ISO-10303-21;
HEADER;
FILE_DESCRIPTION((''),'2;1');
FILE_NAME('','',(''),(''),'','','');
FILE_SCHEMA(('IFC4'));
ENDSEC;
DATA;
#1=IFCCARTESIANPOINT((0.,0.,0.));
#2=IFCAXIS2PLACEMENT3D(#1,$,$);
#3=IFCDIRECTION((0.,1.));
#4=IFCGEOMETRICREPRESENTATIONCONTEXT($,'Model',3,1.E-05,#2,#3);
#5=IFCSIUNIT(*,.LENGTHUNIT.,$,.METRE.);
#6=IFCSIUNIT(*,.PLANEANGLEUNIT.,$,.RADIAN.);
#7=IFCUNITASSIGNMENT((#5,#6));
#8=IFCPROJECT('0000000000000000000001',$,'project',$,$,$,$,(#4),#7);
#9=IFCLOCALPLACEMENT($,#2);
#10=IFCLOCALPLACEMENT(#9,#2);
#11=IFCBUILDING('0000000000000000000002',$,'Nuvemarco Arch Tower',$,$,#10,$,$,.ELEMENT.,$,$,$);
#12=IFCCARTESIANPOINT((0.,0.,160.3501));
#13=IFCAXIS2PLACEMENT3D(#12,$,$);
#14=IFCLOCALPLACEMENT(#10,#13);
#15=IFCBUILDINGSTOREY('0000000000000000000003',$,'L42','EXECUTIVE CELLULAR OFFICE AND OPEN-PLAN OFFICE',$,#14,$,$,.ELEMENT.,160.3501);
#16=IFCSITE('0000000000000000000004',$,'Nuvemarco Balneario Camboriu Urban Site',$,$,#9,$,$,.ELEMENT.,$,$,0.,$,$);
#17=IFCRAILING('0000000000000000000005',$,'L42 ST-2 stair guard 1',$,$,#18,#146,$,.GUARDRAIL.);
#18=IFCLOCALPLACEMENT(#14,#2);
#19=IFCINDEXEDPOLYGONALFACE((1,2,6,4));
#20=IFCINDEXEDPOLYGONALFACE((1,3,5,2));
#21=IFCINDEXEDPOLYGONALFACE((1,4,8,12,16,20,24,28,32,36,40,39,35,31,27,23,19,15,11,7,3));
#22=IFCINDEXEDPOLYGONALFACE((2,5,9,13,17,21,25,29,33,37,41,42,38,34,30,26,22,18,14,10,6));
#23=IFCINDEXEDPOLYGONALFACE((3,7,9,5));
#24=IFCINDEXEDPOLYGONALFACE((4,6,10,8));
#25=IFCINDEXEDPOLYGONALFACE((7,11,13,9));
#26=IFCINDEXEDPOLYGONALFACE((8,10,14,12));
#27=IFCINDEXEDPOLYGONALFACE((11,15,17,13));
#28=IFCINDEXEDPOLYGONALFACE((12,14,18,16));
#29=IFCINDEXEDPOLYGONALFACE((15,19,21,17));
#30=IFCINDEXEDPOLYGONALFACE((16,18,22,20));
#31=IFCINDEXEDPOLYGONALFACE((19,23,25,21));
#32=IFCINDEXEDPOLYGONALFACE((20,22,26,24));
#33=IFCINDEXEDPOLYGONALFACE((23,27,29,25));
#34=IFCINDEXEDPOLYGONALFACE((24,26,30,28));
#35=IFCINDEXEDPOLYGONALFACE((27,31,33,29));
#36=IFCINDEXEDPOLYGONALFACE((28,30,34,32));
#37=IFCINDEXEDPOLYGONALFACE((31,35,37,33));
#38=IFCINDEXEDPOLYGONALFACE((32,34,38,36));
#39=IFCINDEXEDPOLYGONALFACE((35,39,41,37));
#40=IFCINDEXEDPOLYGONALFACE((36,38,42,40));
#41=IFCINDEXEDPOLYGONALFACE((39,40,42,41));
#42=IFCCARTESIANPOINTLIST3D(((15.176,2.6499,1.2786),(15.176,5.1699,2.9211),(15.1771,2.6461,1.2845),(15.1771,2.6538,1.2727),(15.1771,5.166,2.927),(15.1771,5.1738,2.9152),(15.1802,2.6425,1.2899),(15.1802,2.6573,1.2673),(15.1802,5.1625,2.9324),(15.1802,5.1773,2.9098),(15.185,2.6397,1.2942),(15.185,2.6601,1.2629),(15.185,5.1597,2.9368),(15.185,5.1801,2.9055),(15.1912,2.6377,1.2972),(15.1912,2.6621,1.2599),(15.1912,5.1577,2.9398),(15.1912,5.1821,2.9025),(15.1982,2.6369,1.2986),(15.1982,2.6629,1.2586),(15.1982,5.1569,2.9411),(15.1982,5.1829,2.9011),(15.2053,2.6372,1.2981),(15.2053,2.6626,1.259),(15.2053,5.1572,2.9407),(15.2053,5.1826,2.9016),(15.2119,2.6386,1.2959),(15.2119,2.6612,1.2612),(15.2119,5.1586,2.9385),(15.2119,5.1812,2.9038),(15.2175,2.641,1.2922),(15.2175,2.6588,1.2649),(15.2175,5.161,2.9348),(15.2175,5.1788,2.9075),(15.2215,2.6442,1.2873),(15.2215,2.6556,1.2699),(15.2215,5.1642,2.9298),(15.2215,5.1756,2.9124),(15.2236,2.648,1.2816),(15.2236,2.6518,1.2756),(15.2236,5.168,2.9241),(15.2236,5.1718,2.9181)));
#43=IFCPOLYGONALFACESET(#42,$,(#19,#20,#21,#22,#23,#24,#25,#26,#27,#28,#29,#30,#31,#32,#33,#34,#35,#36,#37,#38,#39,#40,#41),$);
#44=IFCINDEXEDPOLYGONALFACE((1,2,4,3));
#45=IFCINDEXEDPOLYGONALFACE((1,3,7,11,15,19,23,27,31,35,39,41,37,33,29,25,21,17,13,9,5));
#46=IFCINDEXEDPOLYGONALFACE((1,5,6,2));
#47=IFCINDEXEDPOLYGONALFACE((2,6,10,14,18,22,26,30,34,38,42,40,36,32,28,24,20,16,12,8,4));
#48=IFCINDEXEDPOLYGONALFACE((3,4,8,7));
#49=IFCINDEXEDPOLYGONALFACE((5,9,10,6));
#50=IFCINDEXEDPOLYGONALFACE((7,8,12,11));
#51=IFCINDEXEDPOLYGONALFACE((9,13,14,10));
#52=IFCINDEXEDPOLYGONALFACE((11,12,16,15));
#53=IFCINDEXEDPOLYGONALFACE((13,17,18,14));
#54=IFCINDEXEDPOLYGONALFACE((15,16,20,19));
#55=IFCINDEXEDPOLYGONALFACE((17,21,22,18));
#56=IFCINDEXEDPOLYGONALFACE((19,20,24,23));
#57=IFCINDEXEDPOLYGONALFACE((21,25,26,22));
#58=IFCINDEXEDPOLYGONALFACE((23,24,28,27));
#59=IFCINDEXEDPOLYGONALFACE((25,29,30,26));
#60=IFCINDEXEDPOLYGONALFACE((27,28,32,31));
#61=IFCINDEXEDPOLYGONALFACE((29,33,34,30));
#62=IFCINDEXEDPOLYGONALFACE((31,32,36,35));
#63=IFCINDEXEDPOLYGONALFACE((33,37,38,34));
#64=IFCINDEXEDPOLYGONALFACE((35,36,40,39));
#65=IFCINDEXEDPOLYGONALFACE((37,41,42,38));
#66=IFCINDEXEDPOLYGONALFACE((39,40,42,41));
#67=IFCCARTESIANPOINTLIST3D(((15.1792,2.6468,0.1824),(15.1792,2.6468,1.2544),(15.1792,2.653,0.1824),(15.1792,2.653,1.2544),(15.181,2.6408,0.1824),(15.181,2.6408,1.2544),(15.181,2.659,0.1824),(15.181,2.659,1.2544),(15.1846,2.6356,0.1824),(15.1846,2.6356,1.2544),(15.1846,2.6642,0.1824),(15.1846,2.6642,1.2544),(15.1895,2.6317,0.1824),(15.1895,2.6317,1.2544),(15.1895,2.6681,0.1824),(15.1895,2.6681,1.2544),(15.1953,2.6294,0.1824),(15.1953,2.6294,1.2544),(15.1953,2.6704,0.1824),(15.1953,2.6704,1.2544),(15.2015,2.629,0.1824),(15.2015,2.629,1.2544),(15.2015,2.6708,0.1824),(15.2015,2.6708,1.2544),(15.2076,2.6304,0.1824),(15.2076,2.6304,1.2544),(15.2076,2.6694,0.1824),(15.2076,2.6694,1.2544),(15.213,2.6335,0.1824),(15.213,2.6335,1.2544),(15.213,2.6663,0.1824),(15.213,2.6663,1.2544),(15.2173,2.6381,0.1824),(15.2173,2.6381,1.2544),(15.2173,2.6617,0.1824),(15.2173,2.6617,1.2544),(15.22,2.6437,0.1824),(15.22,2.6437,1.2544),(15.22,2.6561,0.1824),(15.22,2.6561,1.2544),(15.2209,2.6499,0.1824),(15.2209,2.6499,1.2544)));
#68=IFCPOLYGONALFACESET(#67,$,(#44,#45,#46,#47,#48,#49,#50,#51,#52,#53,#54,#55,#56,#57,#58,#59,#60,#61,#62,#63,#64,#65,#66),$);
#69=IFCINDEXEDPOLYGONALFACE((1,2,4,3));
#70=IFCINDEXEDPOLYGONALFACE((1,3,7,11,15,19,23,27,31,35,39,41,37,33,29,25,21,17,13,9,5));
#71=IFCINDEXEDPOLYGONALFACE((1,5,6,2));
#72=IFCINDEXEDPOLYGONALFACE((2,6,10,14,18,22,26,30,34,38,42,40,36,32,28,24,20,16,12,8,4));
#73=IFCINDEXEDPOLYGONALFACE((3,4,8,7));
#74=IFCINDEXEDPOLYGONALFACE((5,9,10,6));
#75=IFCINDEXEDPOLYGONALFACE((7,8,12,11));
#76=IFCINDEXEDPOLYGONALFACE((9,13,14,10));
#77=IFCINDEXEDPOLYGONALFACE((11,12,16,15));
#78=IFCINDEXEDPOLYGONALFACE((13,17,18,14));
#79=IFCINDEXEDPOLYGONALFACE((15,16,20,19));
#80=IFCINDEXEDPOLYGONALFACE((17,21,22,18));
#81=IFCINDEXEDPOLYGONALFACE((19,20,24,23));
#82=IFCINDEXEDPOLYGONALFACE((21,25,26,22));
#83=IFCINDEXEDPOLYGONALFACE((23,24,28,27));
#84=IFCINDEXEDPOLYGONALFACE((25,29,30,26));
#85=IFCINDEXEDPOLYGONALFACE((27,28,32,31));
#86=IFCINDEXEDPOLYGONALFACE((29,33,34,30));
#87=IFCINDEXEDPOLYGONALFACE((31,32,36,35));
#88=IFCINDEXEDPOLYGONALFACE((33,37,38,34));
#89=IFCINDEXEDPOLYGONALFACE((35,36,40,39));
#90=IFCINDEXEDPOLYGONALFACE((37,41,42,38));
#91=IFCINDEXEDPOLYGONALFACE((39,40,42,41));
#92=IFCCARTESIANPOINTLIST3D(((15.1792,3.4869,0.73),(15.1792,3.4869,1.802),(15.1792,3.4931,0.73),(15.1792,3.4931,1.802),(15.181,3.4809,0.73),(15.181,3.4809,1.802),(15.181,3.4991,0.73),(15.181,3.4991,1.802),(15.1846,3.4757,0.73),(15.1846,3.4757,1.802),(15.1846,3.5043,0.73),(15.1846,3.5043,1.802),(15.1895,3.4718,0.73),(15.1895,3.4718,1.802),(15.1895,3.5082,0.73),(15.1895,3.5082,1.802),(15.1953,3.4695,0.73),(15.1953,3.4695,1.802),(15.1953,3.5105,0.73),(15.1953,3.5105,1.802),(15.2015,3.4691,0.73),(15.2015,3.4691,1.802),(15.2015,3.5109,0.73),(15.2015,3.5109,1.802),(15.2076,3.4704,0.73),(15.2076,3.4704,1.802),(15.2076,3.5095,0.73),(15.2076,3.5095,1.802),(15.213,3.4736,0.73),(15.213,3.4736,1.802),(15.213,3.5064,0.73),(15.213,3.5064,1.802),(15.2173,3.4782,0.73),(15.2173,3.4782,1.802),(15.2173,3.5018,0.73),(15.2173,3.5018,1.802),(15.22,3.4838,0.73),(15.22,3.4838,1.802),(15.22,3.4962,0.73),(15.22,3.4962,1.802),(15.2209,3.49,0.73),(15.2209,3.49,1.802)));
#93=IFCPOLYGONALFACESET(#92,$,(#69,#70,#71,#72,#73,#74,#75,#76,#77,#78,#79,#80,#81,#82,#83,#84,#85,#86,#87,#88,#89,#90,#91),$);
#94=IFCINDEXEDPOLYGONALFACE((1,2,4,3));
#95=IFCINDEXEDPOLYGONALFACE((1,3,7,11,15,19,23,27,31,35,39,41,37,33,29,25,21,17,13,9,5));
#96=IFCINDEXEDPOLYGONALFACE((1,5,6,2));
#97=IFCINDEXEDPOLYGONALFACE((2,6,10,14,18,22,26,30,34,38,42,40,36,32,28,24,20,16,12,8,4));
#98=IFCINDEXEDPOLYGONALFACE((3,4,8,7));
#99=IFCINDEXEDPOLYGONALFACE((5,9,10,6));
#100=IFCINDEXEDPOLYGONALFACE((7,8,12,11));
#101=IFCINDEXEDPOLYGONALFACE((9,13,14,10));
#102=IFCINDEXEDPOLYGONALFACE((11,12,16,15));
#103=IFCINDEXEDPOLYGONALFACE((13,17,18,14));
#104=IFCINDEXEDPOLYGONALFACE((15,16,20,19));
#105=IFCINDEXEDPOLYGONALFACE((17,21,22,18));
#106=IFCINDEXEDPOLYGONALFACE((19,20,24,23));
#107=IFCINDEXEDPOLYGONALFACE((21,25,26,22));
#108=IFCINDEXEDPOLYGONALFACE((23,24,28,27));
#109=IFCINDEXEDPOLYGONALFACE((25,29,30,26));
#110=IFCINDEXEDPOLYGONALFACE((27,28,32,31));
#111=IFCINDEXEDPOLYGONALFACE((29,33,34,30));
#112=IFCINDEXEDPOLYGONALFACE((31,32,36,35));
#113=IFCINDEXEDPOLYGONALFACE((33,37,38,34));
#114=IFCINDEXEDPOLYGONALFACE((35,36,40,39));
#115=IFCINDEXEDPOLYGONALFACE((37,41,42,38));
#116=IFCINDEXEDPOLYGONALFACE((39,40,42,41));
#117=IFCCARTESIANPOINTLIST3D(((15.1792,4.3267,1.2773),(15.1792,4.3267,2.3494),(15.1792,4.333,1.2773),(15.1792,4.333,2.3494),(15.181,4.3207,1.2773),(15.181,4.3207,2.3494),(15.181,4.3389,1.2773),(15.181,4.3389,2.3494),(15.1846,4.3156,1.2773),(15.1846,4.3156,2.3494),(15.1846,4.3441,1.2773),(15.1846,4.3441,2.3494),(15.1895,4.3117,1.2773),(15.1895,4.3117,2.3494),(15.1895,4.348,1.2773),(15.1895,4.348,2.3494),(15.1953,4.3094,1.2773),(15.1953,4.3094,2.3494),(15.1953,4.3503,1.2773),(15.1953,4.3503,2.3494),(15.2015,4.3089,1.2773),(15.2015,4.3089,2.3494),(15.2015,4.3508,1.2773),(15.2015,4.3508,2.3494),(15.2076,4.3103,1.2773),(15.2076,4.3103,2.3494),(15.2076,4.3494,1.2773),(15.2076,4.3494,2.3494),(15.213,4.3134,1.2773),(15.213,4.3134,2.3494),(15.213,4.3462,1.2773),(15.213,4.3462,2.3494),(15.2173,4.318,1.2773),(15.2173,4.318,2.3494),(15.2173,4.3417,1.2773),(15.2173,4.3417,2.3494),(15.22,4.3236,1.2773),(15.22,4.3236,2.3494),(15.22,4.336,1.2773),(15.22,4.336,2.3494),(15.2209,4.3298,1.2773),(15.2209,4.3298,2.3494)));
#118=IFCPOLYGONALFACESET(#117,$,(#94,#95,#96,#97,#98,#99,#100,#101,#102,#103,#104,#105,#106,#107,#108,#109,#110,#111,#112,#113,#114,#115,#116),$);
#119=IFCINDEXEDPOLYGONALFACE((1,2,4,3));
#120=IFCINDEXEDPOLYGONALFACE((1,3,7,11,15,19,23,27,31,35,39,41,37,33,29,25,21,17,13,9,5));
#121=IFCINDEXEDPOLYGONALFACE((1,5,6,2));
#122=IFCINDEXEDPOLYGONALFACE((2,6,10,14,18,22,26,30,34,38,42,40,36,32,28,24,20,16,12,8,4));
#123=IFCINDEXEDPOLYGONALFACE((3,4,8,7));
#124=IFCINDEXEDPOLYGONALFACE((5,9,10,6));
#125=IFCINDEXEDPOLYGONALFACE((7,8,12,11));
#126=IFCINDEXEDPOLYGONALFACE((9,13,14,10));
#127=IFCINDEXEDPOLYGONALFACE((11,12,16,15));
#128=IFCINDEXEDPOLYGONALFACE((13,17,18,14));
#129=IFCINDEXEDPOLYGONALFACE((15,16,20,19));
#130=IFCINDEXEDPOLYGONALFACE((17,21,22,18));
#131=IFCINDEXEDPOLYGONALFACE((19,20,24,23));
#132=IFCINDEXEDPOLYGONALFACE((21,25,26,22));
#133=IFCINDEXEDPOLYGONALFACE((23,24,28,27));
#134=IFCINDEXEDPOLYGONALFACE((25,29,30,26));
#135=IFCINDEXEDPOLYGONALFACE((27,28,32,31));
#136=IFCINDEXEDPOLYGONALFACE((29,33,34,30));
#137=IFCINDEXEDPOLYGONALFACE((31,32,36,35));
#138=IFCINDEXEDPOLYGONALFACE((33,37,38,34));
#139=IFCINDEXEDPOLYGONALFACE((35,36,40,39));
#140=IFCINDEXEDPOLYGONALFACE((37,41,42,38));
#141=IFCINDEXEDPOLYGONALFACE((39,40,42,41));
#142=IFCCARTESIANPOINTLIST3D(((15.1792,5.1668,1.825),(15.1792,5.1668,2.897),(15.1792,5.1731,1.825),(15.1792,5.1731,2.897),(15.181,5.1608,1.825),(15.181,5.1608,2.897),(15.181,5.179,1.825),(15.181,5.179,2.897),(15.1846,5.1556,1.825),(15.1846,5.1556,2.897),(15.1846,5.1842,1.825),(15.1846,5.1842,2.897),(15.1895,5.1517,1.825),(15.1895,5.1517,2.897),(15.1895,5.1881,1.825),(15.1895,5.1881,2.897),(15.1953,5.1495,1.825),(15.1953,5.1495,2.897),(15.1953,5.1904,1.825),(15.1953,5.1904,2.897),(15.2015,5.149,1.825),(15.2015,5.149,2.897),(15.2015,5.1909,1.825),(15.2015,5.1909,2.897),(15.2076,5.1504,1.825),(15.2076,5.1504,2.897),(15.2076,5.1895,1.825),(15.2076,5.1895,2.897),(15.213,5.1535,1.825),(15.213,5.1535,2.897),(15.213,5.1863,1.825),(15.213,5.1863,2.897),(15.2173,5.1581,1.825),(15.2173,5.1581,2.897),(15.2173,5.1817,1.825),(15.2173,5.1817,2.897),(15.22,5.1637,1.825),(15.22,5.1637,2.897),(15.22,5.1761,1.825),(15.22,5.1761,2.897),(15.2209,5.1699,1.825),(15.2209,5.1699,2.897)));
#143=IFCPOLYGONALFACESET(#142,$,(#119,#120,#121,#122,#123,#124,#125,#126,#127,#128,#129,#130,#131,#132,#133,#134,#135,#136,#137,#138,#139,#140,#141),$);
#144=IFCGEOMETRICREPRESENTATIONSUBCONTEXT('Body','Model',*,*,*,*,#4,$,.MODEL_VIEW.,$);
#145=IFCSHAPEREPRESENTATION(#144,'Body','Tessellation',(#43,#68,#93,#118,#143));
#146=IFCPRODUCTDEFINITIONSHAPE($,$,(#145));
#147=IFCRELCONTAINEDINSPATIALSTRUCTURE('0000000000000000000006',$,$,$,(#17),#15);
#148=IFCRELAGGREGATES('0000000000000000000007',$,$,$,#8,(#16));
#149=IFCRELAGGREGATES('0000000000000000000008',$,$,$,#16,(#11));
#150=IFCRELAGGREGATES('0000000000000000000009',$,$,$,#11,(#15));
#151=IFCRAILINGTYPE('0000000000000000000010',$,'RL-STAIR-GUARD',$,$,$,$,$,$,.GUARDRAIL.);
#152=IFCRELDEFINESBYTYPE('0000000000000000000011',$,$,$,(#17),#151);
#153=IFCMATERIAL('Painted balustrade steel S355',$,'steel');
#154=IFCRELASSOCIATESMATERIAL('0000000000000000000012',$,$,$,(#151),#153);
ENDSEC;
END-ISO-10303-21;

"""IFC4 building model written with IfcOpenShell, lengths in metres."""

from ifc_helpers import new_model, si_unit, direction, frame, origin, origin_2d, place, context, subcontext, project, spatial, circle, extrude, material, type_object, element, save


model = new_model("IFC4")

# Units and contexts
model_context = context("Model", 3, precision=1e-05, world=origin(), true_north=direction((0.0, 1.0)))
body_context = subcontext(model_context, "Body", "Model", "MODEL_VIEW")
ifc_project = project(units=[si_unit("LENGTHUNIT", "METRE"), si_unit("PLANEANGLEUNIT", "RADIAN")], contexts=[model_context])

# Site, building, storey
site_placement = place(None, origin())
site = spatial("IfcSite", under=ifc_project, at=site_placement, Name="Nuvemarco Balneario Camboriu Urban Site", CompositionType="ELEMENT", RefElevation=0.0)
building_placement = place(site_placement, origin())
building = spatial("IfcBuilding", under=site, at=building_placement, Name="Nuvemarco Arch Tower", CompositionType="ELEMENT")
storey_placement = place(building_placement, frame((0.0, 0.0, 160.3501)))
storey = spatial("IfcBuildingStorey", under=building, at=storey_placement, Name="L42", Description="EXECUTIVE CELLULAR OFFICE AND OPEN-PLAN OFFICE", CompositionType="ELEMENT", Elevation=160.3501)

# Railing
ifc_material_1 = material(Name="Painted balustrade steel S355", Category="steel")
railing_type_1 = type_object("IfcRailingType", Name="RL-STAIR-GUARD", PredefinedType="GUARDRAIL", material=ifc_material_1)
railing_1_placement = place(storey_placement, frame((15.2, 2.6499, 0.1824)))
element("IfcRailing", 1, at=railing_1_placement, inside=storey, type_object=railing_type_1, Name="L42 ST-2 stair guard 1", PredefinedType="GUARDRAIL", context=body_context, shape_type="SweptSolid", body=[
    extrude(circle(Radius=0.0239, at=origin_2d()), frame((0.0, 0.0, 1.0962), z_axis=(0.0, 0.837749, 0.546055), x_axis=(-1.0, 0.0, 0.0)), (0.0, 0.0, 1.0), 3.0081),
    extrude(circle(Radius=0.021, at=origin_2d()), origin(), (0.0, 0.0, 1.0), 1.072),
    extrude(circle(Radius=0.021, at=origin_2d()), frame((0.0, 0.8401, 0.5476)), (0.0, 0.0, 1.0), 1.072),
    extrude(circle(Radius=0.021, at=origin_2d()), frame((0.0, 1.6799, 1.095)), (0.0, 0.0, 1.0), 1.072),
    extrude(circle(Radius=0.021, at=origin_2d()), frame((0.0, 2.52, 1.6426)), (0.0, 0.0, 1.0), 1.072),
])

save(model, "model.ifc")
